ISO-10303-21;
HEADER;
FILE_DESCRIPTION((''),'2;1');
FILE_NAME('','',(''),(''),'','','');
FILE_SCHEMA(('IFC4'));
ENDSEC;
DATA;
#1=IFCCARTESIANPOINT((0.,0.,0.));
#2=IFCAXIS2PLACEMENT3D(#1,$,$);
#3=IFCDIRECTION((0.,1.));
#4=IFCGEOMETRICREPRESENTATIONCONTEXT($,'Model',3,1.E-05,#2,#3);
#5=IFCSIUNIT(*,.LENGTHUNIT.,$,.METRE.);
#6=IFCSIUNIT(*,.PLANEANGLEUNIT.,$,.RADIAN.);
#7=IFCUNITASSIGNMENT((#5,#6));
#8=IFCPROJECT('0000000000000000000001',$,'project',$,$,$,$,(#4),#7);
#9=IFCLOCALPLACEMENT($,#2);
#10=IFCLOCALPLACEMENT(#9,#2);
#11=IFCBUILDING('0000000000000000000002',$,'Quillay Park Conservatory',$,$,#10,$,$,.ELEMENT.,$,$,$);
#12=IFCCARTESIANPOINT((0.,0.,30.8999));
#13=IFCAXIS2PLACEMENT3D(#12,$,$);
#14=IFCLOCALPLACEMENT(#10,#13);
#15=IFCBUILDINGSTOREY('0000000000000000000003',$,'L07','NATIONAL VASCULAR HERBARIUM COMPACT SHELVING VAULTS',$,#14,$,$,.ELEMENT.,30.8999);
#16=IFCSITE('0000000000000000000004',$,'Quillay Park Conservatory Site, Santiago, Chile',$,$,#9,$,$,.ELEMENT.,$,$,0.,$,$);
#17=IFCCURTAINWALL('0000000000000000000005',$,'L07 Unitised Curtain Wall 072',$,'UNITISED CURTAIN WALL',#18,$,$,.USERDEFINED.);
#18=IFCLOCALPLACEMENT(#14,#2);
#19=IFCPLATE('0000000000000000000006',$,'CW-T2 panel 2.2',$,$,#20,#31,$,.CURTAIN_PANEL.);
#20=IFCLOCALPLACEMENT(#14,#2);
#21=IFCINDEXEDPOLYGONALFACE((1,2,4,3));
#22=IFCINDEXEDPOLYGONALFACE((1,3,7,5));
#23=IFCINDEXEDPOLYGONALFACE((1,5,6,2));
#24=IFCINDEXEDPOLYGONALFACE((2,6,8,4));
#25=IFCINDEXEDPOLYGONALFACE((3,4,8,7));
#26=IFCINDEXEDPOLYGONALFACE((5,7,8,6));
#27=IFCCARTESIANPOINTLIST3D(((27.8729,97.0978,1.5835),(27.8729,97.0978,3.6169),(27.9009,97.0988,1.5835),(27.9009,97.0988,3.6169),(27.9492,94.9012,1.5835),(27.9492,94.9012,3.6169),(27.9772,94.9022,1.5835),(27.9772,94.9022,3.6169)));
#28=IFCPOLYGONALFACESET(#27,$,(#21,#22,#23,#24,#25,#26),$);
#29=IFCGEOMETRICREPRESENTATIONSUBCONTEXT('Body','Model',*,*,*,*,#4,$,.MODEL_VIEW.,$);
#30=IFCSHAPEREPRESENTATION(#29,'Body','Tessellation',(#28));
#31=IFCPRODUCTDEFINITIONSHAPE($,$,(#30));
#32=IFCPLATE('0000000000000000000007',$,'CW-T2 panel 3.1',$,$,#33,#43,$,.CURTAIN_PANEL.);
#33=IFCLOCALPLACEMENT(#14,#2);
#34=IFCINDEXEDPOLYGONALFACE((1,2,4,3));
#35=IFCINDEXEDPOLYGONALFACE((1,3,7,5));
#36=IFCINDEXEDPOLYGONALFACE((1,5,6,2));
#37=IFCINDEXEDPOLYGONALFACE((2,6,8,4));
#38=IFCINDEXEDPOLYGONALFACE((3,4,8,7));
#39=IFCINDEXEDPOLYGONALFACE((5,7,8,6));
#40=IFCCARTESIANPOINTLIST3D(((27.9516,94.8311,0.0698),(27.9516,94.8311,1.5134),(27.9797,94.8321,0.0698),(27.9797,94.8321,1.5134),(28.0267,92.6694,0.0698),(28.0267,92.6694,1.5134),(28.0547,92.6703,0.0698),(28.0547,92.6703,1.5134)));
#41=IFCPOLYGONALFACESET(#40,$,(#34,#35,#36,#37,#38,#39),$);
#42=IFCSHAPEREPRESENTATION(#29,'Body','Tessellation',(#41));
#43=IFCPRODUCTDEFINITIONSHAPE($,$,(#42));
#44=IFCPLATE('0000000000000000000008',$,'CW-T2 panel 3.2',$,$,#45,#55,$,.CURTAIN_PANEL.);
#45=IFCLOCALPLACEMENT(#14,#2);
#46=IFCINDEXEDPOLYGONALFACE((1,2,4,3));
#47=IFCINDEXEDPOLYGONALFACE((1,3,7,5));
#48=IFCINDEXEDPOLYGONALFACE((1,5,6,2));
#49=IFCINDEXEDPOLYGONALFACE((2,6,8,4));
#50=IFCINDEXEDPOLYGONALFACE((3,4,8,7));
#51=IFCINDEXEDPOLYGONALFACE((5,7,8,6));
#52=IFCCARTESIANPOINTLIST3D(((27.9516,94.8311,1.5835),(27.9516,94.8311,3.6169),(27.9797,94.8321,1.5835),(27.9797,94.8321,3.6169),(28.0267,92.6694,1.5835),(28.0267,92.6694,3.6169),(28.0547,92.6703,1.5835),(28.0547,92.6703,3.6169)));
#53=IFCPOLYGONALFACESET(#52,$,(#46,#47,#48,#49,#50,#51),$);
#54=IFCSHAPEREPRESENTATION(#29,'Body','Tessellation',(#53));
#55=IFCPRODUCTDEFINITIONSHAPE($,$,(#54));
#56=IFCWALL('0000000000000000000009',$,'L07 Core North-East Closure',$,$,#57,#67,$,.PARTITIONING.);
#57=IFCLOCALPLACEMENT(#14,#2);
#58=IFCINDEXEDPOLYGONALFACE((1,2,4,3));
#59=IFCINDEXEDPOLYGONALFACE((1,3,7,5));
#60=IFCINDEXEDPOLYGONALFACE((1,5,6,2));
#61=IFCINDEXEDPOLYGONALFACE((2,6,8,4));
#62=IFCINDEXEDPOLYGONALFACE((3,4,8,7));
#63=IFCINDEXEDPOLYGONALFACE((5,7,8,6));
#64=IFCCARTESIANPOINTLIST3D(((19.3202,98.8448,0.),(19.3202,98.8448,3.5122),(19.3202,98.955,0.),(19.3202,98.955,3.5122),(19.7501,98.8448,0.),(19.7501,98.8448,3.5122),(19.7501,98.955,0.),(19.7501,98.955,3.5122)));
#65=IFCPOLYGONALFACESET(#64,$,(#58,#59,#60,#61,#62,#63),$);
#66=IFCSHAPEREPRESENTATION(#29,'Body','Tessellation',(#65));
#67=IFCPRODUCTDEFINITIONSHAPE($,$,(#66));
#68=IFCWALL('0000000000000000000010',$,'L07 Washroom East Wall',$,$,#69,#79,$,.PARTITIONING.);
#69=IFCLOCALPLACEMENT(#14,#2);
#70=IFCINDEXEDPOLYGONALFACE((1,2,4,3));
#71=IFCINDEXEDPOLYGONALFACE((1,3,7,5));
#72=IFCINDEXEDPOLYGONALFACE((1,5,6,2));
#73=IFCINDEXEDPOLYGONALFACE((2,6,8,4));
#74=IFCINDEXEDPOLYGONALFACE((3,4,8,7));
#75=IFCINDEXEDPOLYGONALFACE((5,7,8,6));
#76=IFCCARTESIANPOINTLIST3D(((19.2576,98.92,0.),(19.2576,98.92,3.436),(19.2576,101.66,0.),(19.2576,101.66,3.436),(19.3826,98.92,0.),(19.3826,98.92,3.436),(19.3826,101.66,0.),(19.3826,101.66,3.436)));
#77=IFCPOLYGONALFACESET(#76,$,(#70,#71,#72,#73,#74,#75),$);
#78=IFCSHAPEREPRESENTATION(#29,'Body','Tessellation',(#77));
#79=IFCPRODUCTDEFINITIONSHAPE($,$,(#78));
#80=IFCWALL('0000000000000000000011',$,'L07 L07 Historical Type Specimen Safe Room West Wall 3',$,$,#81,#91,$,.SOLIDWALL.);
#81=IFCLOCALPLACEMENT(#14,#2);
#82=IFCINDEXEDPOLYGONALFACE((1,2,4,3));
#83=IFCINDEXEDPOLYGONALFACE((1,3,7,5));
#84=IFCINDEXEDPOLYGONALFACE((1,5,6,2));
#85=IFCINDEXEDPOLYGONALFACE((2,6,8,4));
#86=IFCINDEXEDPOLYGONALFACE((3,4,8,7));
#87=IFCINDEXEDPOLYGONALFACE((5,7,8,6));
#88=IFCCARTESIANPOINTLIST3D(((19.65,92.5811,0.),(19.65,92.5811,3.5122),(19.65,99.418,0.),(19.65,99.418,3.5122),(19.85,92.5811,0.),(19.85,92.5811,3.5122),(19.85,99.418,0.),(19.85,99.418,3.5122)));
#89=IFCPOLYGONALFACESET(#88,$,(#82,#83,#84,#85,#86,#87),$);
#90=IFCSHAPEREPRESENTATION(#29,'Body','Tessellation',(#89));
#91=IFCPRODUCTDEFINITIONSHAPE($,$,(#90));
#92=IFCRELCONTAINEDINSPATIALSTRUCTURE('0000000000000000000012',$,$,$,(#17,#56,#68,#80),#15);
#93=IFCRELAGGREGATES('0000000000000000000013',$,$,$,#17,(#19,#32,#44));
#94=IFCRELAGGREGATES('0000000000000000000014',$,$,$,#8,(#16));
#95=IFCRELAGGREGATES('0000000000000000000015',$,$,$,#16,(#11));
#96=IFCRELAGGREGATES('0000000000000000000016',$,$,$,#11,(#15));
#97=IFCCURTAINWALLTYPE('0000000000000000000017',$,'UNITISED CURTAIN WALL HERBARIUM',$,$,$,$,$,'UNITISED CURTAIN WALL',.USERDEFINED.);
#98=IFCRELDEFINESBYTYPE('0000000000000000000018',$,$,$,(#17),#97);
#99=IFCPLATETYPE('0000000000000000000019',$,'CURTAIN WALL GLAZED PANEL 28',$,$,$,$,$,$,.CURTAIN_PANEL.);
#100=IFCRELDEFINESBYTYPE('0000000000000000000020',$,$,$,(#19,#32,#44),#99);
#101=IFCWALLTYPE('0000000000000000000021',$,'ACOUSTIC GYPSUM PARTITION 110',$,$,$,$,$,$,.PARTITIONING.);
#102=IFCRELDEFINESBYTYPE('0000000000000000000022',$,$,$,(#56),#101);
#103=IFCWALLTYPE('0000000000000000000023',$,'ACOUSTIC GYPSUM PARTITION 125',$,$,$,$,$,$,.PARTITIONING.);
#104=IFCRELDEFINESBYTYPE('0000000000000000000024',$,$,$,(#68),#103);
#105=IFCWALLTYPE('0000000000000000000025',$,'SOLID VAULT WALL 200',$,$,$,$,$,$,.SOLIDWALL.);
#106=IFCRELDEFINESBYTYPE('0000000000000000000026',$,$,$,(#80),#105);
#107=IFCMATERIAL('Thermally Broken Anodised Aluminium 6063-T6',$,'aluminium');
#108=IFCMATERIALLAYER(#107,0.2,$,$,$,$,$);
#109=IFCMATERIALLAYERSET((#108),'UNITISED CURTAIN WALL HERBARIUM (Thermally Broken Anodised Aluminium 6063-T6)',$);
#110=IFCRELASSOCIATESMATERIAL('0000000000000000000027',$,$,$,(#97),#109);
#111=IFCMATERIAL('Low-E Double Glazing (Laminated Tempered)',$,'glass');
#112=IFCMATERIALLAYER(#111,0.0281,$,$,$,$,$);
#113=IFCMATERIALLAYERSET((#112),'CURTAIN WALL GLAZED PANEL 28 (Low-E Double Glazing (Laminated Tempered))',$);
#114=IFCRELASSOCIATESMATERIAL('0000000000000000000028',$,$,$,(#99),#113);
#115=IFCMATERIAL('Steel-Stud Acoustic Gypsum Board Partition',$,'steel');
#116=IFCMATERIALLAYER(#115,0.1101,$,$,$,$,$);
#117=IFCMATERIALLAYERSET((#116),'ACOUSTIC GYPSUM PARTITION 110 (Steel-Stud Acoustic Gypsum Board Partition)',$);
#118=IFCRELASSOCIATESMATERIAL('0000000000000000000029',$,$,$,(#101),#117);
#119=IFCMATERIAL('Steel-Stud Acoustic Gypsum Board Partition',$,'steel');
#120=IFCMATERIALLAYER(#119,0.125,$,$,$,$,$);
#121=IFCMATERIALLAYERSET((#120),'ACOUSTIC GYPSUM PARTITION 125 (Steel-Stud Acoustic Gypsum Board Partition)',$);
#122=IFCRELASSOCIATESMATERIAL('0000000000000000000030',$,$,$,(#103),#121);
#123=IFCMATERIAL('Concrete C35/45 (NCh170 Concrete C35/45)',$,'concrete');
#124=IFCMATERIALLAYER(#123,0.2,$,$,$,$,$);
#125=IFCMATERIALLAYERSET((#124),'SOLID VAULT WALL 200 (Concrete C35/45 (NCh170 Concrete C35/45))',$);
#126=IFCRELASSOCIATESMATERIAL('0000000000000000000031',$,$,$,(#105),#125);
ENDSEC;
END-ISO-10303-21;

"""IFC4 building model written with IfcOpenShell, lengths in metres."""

from ifc_helpers import new_model, si_unit, direction, frame, frame_2d, origin, origin_2d, place, context, subcontext, project, spatial, rectangle, extrude, material, layer, layer_set, type_object, element, aggregate, save


model = new_model("IFC4")

# Units and contexts
model_context = context("Model", 3, precision=1e-05, world=origin(), true_north=direction((0.0, 1.0)))
body_context = subcontext(model_context, "Body", "Model", "MODEL_VIEW")
ifc_project = project(units=[si_unit("LENGTHUNIT", "METRE"), si_unit("PLANEANGLEUNIT", "RADIAN")], contexts=[model_context])

# Site, building, storey
site_placement = place(None, origin())
site = spatial("IfcSite", under=ifc_project, at=site_placement, Name="Quillay Park Conservatory Site, Santiago, Chile", CompositionType="ELEMENT", RefElevation=0.0)
building_placement = place(site_placement, origin())
building = spatial("IfcBuilding", under=site, at=building_placement, Name="Quillay Park Conservatory", CompositionType="ELEMENT")
storey_placement = place(building_placement, frame((0.0, 0.0, 30.8999)))
storey = spatial("IfcBuildingStorey", under=building, at=storey_placement, Name="L07", Description="NATIONAL VASCULAR HERBARIUM COMPACT SHELVING VAULTS", CompositionType="ELEMENT", Elevation=30.8999)

# Curtain wall
ifc_material_1 = material(Name="Thermally Broken Anodised Aluminium 6063-T6", Category="aluminium")
ifc_layer_1 = layer(ifc_material_1, 0.2)
ifc_layer_set_1 = layer_set([ifc_layer_1], Name="UNITISED CURTAIN WALL HERBARIUM (Thermally Broken Anodised Aluminium 6063-T6)")
curtain_wall_type = type_object("IfcCurtainWallType", Name="UNITISED CURTAIN WALL HERBARIUM", ElementType="UNITISED CURTAIN WALL", PredefinedType="USERDEFINED", material=ifc_layer_set_1)
curtain_wall_placement = place(storey_placement, origin())
curtain_wall = element("IfcCurtainWall", 1, at=curtain_wall_placement, inside=storey, type_object=curtain_wall_type, Name="L07 Unitised Curtain Wall 072", ObjectType="UNITISED CURTAIN WALL", PredefinedType="USERDEFINED")

# Plates
ifc_material_2 = material(Name="Low-E Double Glazing (Laminated Tempered)", Category="glass")
ifc_layer_2 = layer(ifc_material_2, 0.0281)
ifc_layer_set_2 = layer_set([ifc_layer_2], Name="CURTAIN WALL GLAZED PANEL 28 (Low-E Double Glazing (Laminated Tempered))")
plate_type = type_object("IfcPlateType", Name="CURTAIN WALL GLAZED PANEL 28", PredefinedType="CURTAIN_PANEL", material=ifc_layer_set_2)
plate_1_placement = place(storey_placement, frame((27.925, 96.0, 1.5835), z_axis=(0.0, 0.0, 1.0), x_axis=(0.034713, -0.999397, 0.0)))
plate_1 = element("IfcPlate", 2, at=plate_1_placement, type_object=plate_type, Name="CW-T2 panel 2.2", PredefinedType="CURTAIN_PANEL", context=body_context, shape_type="SweptSolid", body=[
    extrude(rectangle(XDim=2.198, YDim=0.0281, at=origin_2d()), origin(), (0.0, 0.0, 1.0), 2.0334),
])
plate_2_placement = place(storey_placement, frame((28.0032, 93.7507, 0.0698), z_axis=(0.0, 0.0, 1.0), x_axis=(0.034713, -0.999397, 0.0)))
plate_2 = element("IfcPlate", 3, at=plate_2_placement, type_object=plate_type, Name="CW-T2 panel 3.1", PredefinedType="CURTAIN_PANEL", context=body_context, shape_type="SweptSolid", body=[
    extrude(rectangle(XDim=2.1631, YDim=0.0281, at=origin_2d()), origin(), (0.0, 0.0, 1.0), 1.4436),
])
plate_3_placement = place(storey_placement, frame((28.0032, 93.7507, 1.5835), z_axis=(0.0, 0.0, 1.0), x_axis=(0.034713, -0.999397, 0.0)))
plate_3 = element("IfcPlate", 4, at=plate_3_placement, type_object=plate_type, Name="CW-T2 panel 3.2", PredefinedType="CURTAIN_PANEL", context=body_context, shape_type="SweptSolid", body=[
    extrude(rectangle(XDim=2.1631, YDim=0.0281, at=origin_2d()), origin(), (0.0, 0.0, 1.0), 2.0334),
])
aggregate(curtain_wall, [plate_1, plate_2, plate_3])

# Walls
ifc_material_3 = material(Name="Steel-Stud Acoustic Gypsum Board Partition", Category="steel")
ifc_layer_3 = layer(ifc_material_3, 0.1101)
ifc_layer_set_3 = layer_set([ifc_layer_3], Name="ACOUSTIC GYPSUM PARTITION 110 (Steel-Stud Acoustic Gypsum Board Partition)")
wall_type_1 = type_object("IfcWallType", Name="ACOUSTIC GYPSUM PARTITION 110", PredefinedType="PARTITIONING", material=ifc_layer_set_3)
wall_1_placement = place(storey_placement, frame((19.75, 98.8999, 0.0), z_axis=(0.0, 0.0, 1.0), x_axis=(-1.0, 0.0, 0.0)))
element("IfcWall", 5, at=wall_1_placement, inside=storey, type_object=wall_type_1, Name="L07 Core North-East Closure", PredefinedType="PARTITIONING", context=body_context, shape_type="SweptSolid", body=[
    extrude(rectangle(XDim=0.4299, YDim=0.1101, at=frame_2d((0.2148, 0.0))), origin(), (0.0, 0.0, 1.0), 3.5122),
])
ifc_material_4 = material(Name="Steel-Stud Acoustic Gypsum Board Partition", Category="steel")
ifc_layer_4 = layer(ifc_material_4, 0.125)
ifc_layer_set_4 = layer_set([ifc_layer_4], Name="ACOUSTIC GYPSUM PARTITION 125 (Steel-Stud Acoustic Gypsum Board Partition)")
wall_type_2 = type_object("IfcWallType", Name="ACOUSTIC GYPSUM PARTITION 125", PredefinedType="PARTITIONING", material=ifc_layer_set_4)
wall_2_placement = place(storey_placement, frame((19.3201, 98.9199, 0.0), z_axis=(0.0, 0.0, 1.0), x_axis=(0.0, 1.0, 0.0)))
element("IfcWall", 6, at=wall_2_placement, inside=storey, type_object=wall_type_2, Name="L07 Washroom East Wall", PredefinedType="PARTITIONING", context=body_context, shape_type="SweptSolid", body=[
    extrude(rectangle(XDim=2.74, YDim=0.125, at=frame_2d((1.3701, 0.0))), origin(), (0.0, 0.0, 1.0), 3.436),
])
ifc_material_5 = material(Name="Concrete C35/45 (NCh170 Concrete C35/45)", Category="concrete")
ifc_layer_5 = layer(ifc_material_5, 0.2)
ifc_layer_set_5 = layer_set([ifc_layer_5], Name="SOLID VAULT WALL 200 (Concrete C35/45 (NCh170 Concrete C35/45))")
wall_type_3 = type_object("IfcWallType", Name="SOLID VAULT WALL 200", PredefinedType="SOLIDWALL", material=ifc_layer_set_5)
wall_3_placement = place(storey_placement, frame((19.75, 92.5811, 0.0), z_axis=(0.0, 0.0, 1.0), x_axis=(0.0, 1.0, 0.0)))
element("IfcWall", 7, at=wall_3_placement, inside=storey, type_object=wall_type_3, Name="L07 L07 Historical Type Specimen Safe Room West Wall 3", PredefinedType="SOLIDWALL", context=body_context, shape_type="SweptSolid", body=[
    extrude(rectangle(XDim=6.8369, YDim=0.2, at=frame_2d((3.4185, 0.0))), origin(), (0.0, 0.0, 1.0), 3.5122),
])

save(model, "model.ifc")
